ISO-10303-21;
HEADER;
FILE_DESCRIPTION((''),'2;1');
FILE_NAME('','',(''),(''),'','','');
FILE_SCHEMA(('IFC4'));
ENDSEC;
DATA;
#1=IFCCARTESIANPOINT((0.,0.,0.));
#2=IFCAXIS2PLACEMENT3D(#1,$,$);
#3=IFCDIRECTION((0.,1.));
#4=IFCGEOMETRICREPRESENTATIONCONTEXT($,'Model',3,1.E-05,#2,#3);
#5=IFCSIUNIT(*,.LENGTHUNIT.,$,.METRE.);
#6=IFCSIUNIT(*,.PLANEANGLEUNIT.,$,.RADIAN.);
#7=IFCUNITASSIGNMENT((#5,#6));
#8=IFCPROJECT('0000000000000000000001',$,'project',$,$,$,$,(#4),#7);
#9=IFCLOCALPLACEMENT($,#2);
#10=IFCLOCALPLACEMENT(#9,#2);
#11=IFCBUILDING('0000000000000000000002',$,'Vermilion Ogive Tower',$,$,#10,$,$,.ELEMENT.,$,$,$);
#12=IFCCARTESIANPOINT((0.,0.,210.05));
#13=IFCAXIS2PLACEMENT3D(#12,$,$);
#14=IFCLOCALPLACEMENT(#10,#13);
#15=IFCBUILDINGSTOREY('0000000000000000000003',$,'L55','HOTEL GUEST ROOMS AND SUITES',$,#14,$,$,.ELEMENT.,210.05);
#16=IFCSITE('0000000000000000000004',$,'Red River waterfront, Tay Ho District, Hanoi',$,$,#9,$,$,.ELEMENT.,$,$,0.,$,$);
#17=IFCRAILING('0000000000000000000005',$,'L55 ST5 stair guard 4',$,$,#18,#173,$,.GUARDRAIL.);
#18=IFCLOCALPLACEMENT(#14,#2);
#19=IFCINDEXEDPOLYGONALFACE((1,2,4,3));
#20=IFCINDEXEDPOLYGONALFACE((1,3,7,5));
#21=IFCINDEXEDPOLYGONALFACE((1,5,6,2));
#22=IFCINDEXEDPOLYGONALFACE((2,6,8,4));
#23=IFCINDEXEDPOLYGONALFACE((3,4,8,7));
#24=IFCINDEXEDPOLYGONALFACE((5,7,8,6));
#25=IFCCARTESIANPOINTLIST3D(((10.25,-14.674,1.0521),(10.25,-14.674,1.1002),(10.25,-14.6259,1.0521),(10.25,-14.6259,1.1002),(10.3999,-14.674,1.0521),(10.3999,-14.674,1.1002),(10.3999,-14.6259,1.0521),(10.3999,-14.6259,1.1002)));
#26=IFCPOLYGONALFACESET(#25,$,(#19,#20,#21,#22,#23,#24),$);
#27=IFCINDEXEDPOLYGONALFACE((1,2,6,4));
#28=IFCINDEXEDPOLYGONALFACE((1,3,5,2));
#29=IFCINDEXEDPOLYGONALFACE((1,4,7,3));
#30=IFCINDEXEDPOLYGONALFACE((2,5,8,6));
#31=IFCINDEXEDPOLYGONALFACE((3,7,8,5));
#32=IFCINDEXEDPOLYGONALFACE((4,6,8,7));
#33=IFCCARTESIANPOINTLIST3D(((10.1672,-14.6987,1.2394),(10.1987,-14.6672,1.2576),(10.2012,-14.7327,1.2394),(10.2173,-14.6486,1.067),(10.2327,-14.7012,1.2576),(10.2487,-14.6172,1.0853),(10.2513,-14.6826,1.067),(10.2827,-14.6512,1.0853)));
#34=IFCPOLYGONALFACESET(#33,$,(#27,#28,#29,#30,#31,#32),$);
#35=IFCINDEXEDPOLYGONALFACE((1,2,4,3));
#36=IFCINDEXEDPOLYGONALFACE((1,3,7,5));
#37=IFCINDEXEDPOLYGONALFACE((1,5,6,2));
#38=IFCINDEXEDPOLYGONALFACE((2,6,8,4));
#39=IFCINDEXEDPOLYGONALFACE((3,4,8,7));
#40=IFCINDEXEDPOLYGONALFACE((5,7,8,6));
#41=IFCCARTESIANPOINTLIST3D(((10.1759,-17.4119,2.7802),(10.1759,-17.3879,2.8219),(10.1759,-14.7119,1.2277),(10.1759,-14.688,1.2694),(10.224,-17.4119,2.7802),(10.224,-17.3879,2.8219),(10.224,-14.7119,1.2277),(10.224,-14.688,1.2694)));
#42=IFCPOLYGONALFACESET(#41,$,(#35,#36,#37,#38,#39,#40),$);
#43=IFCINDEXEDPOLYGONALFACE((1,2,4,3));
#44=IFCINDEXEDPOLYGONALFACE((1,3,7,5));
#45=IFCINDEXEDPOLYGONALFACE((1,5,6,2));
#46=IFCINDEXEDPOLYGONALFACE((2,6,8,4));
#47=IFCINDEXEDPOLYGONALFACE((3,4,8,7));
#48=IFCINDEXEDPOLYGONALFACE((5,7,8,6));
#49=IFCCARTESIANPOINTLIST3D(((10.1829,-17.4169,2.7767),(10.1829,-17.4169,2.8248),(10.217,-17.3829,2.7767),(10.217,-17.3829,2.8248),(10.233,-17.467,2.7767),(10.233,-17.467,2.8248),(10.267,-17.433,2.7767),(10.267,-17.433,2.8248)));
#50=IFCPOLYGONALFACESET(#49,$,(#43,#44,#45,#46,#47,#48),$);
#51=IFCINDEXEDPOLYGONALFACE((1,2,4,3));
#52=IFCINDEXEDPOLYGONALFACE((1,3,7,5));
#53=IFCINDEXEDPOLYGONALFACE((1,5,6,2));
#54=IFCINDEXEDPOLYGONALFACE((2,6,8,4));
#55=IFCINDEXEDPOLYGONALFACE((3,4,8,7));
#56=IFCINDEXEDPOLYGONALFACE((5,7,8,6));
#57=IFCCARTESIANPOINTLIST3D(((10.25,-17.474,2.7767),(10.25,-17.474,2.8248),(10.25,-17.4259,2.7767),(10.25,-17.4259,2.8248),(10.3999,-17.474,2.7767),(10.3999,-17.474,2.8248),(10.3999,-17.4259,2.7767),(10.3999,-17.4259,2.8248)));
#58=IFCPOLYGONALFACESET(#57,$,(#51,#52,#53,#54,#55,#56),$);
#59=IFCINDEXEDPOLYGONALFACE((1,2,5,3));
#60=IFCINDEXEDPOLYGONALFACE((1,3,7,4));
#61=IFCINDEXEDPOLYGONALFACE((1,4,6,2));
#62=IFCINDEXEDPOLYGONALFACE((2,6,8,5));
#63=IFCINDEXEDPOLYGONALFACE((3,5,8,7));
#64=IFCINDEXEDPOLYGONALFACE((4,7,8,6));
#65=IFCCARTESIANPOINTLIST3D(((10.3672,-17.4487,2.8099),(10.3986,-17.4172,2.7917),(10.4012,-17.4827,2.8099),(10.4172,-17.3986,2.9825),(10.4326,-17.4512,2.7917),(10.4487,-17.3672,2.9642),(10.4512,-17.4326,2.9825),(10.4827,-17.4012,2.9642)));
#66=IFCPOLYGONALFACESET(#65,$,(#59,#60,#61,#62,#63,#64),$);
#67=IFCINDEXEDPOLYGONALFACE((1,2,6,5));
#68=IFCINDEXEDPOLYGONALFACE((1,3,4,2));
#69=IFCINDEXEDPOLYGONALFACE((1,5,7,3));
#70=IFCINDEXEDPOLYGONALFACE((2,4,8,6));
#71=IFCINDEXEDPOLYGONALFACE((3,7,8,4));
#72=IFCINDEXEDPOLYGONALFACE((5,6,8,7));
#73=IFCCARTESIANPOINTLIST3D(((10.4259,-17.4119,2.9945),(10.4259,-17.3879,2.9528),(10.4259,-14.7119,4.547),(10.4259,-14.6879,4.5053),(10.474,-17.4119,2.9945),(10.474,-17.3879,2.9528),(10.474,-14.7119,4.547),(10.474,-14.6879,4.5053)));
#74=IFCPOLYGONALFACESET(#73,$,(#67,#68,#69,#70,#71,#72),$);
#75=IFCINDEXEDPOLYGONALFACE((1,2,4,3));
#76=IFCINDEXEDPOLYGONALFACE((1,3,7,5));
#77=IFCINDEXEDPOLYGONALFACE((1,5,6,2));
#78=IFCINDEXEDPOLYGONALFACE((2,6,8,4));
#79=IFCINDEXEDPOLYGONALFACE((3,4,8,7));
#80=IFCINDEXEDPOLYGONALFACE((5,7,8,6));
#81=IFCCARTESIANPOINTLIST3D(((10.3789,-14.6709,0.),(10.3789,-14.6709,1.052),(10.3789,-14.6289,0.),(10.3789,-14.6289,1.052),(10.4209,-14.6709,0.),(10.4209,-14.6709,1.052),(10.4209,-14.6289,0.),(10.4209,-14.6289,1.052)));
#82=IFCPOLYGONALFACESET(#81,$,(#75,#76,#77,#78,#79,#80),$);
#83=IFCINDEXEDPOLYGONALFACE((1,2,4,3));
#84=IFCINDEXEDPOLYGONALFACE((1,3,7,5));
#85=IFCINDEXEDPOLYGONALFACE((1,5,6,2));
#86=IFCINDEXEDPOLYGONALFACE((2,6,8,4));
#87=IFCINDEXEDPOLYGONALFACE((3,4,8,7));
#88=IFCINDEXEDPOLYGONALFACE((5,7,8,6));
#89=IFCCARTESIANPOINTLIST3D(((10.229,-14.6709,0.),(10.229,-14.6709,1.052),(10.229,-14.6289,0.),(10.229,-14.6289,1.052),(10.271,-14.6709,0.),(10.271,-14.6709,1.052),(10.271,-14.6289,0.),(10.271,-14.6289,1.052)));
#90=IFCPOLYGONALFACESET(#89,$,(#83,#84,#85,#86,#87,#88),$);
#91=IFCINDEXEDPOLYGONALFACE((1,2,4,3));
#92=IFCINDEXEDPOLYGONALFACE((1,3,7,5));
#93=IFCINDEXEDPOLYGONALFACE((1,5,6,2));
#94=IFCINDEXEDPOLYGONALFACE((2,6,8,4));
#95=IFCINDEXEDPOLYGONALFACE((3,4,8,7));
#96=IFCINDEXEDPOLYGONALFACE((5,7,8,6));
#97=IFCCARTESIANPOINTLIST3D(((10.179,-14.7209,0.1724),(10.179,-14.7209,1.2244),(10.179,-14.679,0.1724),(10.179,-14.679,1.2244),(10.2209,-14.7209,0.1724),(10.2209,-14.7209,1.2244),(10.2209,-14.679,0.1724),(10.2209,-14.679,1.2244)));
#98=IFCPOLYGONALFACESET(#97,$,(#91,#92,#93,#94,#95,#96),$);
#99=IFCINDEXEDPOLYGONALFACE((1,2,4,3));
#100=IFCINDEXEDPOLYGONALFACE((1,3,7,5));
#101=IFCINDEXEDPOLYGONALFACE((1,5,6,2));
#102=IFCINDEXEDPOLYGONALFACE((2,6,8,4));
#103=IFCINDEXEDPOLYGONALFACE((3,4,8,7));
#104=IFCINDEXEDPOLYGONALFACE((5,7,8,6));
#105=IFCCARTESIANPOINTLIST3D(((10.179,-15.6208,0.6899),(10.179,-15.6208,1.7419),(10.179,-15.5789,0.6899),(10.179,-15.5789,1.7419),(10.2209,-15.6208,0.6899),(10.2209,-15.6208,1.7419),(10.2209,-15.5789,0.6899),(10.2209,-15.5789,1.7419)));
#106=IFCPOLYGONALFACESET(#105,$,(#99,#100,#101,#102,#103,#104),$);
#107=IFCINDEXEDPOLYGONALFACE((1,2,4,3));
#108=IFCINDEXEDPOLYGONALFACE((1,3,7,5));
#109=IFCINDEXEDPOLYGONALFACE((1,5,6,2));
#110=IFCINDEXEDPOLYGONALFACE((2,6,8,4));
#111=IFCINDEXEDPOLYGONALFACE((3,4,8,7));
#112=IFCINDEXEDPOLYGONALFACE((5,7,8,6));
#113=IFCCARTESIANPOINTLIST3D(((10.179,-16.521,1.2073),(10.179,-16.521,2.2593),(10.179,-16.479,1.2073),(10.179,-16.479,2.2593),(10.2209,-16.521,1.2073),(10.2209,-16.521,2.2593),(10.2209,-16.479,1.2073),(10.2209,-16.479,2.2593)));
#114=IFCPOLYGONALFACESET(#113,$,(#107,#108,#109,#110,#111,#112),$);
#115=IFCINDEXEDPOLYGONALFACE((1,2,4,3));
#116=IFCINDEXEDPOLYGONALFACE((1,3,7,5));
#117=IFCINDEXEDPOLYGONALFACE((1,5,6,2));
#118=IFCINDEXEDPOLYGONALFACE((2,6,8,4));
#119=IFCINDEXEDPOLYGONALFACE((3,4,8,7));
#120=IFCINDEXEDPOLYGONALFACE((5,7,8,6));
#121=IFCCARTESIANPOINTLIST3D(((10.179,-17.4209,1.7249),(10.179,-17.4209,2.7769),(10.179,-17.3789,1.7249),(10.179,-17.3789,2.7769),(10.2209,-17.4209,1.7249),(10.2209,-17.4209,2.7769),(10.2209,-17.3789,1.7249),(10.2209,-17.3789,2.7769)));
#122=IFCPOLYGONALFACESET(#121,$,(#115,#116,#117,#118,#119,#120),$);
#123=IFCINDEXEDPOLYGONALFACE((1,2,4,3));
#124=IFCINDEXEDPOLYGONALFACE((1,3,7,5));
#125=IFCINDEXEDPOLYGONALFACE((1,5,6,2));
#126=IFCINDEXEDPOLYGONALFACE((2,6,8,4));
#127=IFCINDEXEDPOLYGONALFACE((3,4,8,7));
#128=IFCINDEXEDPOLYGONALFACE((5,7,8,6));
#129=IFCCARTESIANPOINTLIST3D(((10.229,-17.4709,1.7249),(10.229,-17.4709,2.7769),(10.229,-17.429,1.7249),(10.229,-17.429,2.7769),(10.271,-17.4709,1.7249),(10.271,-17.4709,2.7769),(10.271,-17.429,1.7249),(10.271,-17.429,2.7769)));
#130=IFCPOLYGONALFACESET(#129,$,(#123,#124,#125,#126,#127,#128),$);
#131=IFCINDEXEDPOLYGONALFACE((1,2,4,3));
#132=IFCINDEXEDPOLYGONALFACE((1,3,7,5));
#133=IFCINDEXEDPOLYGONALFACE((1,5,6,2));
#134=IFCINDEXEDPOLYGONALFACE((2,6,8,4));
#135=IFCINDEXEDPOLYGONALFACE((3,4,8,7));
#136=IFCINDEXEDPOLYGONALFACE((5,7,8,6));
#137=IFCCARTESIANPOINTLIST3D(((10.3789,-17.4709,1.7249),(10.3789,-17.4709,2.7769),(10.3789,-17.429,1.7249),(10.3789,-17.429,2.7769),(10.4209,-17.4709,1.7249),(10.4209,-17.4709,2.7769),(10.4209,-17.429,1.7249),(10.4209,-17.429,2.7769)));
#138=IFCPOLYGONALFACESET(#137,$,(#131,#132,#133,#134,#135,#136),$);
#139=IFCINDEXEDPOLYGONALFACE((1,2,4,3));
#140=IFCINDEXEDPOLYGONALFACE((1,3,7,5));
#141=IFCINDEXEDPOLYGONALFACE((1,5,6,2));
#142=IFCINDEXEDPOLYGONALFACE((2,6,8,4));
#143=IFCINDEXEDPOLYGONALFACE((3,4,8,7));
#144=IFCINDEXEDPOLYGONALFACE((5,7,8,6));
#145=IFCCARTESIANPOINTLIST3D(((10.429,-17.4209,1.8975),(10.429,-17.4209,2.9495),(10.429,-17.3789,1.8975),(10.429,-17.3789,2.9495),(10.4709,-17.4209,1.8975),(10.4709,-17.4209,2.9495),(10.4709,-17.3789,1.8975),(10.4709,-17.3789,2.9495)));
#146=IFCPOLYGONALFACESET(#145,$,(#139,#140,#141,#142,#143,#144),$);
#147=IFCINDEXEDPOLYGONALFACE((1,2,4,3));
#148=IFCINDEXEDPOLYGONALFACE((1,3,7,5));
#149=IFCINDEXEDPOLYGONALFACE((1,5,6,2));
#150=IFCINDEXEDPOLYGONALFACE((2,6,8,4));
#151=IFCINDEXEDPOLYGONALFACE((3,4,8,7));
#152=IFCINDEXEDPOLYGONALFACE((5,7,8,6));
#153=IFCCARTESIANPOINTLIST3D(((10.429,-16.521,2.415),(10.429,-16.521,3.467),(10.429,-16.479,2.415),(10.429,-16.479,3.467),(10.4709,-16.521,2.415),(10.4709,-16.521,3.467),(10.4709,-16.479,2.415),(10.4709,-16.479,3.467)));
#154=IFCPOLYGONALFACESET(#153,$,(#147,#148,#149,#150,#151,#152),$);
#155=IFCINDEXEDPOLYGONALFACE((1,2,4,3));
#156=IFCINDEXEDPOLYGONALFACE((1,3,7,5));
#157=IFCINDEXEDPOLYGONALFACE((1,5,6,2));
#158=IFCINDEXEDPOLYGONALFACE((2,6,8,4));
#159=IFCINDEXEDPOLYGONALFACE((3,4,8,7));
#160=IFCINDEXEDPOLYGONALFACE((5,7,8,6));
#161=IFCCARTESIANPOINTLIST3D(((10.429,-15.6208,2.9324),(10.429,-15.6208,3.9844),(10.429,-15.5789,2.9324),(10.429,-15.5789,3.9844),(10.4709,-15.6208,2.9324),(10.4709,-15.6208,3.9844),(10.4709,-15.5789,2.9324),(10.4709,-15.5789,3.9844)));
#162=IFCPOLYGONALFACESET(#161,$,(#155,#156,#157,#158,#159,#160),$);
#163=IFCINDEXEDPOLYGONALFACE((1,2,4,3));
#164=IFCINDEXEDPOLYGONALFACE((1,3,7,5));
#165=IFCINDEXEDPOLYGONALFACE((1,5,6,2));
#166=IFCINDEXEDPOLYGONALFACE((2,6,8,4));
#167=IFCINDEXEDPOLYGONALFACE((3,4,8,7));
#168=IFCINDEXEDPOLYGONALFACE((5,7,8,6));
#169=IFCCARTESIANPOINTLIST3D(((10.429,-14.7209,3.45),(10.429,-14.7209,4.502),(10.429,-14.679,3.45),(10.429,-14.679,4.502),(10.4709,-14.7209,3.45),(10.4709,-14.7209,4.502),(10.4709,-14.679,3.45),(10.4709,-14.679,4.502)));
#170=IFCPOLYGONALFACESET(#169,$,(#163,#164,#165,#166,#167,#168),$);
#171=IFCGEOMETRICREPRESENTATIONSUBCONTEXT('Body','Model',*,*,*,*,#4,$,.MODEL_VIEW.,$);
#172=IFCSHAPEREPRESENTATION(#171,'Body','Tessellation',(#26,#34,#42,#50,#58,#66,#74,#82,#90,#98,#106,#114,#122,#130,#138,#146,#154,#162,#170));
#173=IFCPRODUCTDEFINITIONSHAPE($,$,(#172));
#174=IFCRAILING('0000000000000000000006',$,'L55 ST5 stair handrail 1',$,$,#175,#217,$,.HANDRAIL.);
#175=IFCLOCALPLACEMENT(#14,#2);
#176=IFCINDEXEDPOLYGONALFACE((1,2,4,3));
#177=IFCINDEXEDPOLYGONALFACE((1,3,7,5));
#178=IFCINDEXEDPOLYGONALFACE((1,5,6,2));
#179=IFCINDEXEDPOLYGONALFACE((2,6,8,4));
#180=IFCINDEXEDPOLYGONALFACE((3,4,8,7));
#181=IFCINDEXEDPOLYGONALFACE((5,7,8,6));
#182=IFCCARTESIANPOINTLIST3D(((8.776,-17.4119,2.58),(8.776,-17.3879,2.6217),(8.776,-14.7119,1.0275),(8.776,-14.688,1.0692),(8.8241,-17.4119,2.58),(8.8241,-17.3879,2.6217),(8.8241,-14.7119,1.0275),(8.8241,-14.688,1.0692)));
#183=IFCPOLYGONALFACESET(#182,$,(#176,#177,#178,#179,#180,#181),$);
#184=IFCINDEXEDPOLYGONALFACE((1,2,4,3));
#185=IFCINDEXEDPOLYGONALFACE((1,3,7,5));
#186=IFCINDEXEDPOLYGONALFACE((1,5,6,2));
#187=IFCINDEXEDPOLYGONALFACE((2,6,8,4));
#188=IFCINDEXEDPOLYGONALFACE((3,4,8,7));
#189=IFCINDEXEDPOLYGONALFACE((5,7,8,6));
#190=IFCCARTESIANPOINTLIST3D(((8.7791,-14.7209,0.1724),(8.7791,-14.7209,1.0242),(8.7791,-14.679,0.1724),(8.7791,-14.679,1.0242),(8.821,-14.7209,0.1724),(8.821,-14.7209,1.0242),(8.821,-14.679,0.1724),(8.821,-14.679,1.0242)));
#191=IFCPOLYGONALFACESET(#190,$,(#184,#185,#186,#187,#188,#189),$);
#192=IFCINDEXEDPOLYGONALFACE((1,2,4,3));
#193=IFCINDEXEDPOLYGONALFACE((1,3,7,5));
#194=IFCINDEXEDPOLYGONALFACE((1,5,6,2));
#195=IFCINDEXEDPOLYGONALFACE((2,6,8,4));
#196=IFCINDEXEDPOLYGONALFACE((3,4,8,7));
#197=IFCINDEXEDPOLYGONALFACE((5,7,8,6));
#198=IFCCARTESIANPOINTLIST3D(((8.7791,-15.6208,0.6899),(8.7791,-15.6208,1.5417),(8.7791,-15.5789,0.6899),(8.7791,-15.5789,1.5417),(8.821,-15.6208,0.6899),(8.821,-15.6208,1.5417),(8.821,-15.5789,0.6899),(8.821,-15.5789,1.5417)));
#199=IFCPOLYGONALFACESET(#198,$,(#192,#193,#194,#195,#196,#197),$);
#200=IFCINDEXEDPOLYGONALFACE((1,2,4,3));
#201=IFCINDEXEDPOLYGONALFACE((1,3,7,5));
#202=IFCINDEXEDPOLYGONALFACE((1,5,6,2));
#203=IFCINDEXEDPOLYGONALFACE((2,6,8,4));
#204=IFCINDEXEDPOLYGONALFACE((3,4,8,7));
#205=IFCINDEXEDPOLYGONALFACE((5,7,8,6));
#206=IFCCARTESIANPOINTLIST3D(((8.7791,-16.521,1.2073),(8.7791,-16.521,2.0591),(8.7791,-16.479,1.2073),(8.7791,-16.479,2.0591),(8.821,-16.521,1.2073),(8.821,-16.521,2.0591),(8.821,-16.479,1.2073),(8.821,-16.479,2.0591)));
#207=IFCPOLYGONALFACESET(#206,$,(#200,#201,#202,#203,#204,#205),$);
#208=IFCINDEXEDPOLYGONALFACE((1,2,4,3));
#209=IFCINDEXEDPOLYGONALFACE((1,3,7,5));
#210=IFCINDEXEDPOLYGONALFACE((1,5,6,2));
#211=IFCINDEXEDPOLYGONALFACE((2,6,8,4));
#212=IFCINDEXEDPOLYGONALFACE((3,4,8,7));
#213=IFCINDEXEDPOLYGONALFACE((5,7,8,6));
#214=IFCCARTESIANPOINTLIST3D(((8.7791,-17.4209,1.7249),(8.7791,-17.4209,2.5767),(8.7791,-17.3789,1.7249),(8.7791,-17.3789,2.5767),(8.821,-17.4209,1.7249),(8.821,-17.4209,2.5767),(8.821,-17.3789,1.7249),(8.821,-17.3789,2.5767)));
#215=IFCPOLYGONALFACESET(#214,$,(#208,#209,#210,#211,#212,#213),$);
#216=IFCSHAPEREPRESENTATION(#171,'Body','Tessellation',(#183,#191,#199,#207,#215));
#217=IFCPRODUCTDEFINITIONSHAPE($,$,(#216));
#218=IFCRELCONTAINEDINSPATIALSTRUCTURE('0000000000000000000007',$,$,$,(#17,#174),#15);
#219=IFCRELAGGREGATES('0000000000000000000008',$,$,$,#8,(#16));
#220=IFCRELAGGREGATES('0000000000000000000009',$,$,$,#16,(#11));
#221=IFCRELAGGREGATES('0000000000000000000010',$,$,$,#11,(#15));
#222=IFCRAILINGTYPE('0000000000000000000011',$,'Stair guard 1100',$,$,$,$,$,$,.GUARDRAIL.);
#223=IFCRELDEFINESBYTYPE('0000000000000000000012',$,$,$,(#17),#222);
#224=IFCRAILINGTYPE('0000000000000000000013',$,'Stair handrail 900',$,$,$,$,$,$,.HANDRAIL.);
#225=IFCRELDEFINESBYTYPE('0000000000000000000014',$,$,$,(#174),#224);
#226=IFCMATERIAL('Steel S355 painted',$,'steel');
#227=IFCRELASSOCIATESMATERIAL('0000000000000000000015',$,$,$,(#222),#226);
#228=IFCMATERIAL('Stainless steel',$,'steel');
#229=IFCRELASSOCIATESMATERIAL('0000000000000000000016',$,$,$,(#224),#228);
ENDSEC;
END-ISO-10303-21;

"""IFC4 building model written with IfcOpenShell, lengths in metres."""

from ifc_helpers import new_model, si_unit, direction, frame, origin, origin_2d, place, context, subcontext, project, spatial, rectangle, extrude, material, type_object, element, save


model = new_model("IFC4")

# Units and contexts
model_context = context("Model", 3, precision=1e-05, world=origin(), true_north=direction((0.0, 1.0)))
body_context = subcontext(model_context, "Body", "Model", "MODEL_VIEW")
ifc_project = project(units=[si_unit("LENGTHUNIT", "METRE"), si_unit("PLANEANGLEUNIT", "RADIAN")], contexts=[model_context])

# Site, building, storey
site_placement = place(None, origin())
site = spatial("IfcSite", under=ifc_project, at=site_placement, Name="Red River waterfront, Tay Ho District, Hanoi", CompositionType="ELEMENT", RefElevation=0.0)
building_placement = place(site_placement, origin())
building = spatial("IfcBuilding", under=site, at=building_placement, Name="Vermilion Ogive Tower", CompositionType="ELEMENT")
storey_placement = place(building_placement, frame((0.0, 0.0, 210.05)))
storey = spatial("IfcBuildingStorey", under=building, at=storey_placement, Name="L55", Description="HOTEL GUEST ROOMS AND SUITES", CompositionType="ELEMENT", Elevation=210.05)

# Railings
ifc_material_1 = material(Name="Steel S355 painted", Category="steel")
railing_type_1 = type_object("IfcRailingType", Name="Stair guard 1100", PredefinedType="GUARDRAIL", material=ifc_material_1)
railing_1_placement = place(storey_placement, frame((10.3999, -14.6499, 0.0)))
element("IfcRailing", 1, at=railing_1_placement, inside=storey, type_object=railing_type_1, Name="L55 ST5 stair guard 4", PredefinedType="GUARDRAIL", context=body_context, shape_type="SweptSolid", body=[
    extrude(rectangle(XDim=0.0481, YDim=0.0481, at=origin_2d()), frame((0.0, 0.0, 1.0762), z_axis=(-1.0, 0.0, 0.0), x_axis=(0.0, -1.0, 0.0)), (0.0, 0.0, 1.0), 0.1499),
    extrude(rectangle(XDim=0.0481, YDim=0.0481, at=origin_2d()), frame((-0.1499, 0.0, 1.0762), z_axis=(-0.268603, -0.268603, 0.925043), x_axis=(0.707107, -0.707107, 0.0)), (0.0, 0.0, 1.0), 0.1863),
    extrude(rectangle(XDim=0.0481, YDim=0.0481, at=origin_2d()), frame((-0.2, -0.05, 1.2485), z_axis=(0.0, -0.866904, 0.498476), x_axis=(1.0, 0.0, 0.0)), (0.0, 0.0, 1.0), 3.1145),
    extrude(rectangle(XDim=0.0481, YDim=0.0481, at=origin_2d()), frame((-0.2, -2.75, 2.8008), z_axis=(0.707107, -0.707107, 0.0), x_axis=(0.707107, 0.707107, 0.0)), (0.0, 0.0, 1.0), 0.0708),
    extrude(rectangle(XDim=0.0481, YDim=0.0481, at=origin_2d()), frame((-0.1499, -2.8, 2.8008), z_axis=(1.0, 0.0, 0.0), x_axis=(0.0, 1.0, 0.0)), (0.0, 0.0, 1.0), 0.1499),
    extrude(rectangle(XDim=0.0481, YDim=0.0481, at=origin_2d()), frame((0.0, -2.8, 2.8008), z_axis=(0.268278, 0.268278, 0.925232), x_axis=(-0.707107, 0.707107, 0.0)), (0.0, 0.0, 1.0), 0.1865),
    extrude(rectangle(XDim=0.0481, YDim=0.0481, at=origin_2d()), frame((0.05, -2.75, 2.9736), z_axis=(0.0, 0.866904, 0.498476), x_axis=(-1.0, 0.0, 0.0)), (0.0, 0.0, 1.0), 3.1145),
    extrude(rectangle(XDim=0.042, YDim=0.042, at=origin_2d()), origin(), (0.0, 0.0, 1.0), 1.052),
    extrude(rectangle(XDim=0.042, YDim=0.042, at=origin_2d()), frame((-0.1499, 0.0, 0.0)), (0.0, 0.0, 1.0), 1.052),
    extrude(rectangle(XDim=0.042, YDim=0.042, at=origin_2d()), frame((-0.2, -0.05, 0.1724)), (0.0, 0.0, 1.0), 1.052),
    extrude(rectangle(XDim=0.042, YDim=0.042, at=origin_2d()), frame((-0.2, -0.95, 0.6899)), (0.0, 0.0, 1.0), 1.052),
    extrude(rectangle(XDim=0.042, YDim=0.042, at=origin_2d()), frame((-0.2, -1.8501, 1.2073)), (0.0, 0.0, 1.0), 1.052),
    extrude(rectangle(XDim=0.042, YDim=0.042, at=origin_2d()), frame((-0.2, -2.75, 1.7249)), (0.0, 0.0, 1.0), 1.052),
    extrude(rectangle(XDim=0.042, YDim=0.042, at=origin_2d()), frame((-0.1499, -2.8, 1.7249)), (0.0, 0.0, 1.0), 1.052),
    extrude(rectangle(XDim=0.042, YDim=0.042, at=origin_2d()), frame((0.0, -2.8, 1.7249)), (0.0, 0.0, 1.0), 1.052),
    extrude(rectangle(XDim=0.042, YDim=0.042, at=origin_2d()), frame((0.05, -2.75, 1.8975)), (0.0, 0.0, 1.0), 1.052),
    extrude(rectangle(XDim=0.042, YDim=0.042, at=origin_2d()), frame((0.05, -1.8501, 2.415)), (0.0, 0.0, 1.0), 1.052),
    extrude(rectangle(XDim=0.042, YDim=0.042, at=origin_2d()), frame((0.05, -0.95, 2.9324)), (0.0, 0.0, 1.0), 1.052),
    extrude(rectangle(XDim=0.042, YDim=0.042, at=origin_2d()), frame((0.05, -0.05, 3.45)), (0.0, 0.0, 1.0), 1.052),
])
ifc_material_2 = material(Name="Stainless steel", Category="steel")
railing_type_2 = type_object("IfcRailingType", Name="Stair handrail 900", PredefinedType="HANDRAIL", material=ifc_material_2)
railing_2_placement = place(storey_placement, frame((8.8, -14.7, 0.1724)))
element("IfcRailing", 2, at=railing_2_placement, inside=storey, type_object=railing_type_2, Name="L55 ST5 stair handrail 1", PredefinedType="HANDRAIL", context=body_context, shape_type="SweptSolid", body=[
    extrude(rectangle(XDim=0.0481, YDim=0.0481, at=origin_2d()), frame((0.0, 0.0, 0.876), z_axis=(0.0, -0.866904, 0.498476), x_axis=(1.0, 0.0, 0.0)), (0.0, 0.0, 1.0), 3.1145),
    extrude(rectangle(XDim=0.042, YDim=0.042, at=origin_2d()), origin(), (0.0, 0.0, 1.0), 0.8518),
    extrude(rectangle(XDim=0.042, YDim=0.042, at=origin_2d()), frame((0.0, -0.8999, 0.5176)), (0.0, 0.0, 1.0), 0.8518),
    extrude(rectangle(XDim=0.042, YDim=0.042, at=origin_2d()), frame((0.0, -1.8, 1.0349)), (0.0, 0.0, 1.0), 0.8518),
    extrude(rectangle(XDim=0.042, YDim=0.042, at=origin_2d()), frame((0.0, -2.7, 1.5525)), (0.0, 0.0, 1.0), 0.8518),
])

save(model, "model.ifc")
